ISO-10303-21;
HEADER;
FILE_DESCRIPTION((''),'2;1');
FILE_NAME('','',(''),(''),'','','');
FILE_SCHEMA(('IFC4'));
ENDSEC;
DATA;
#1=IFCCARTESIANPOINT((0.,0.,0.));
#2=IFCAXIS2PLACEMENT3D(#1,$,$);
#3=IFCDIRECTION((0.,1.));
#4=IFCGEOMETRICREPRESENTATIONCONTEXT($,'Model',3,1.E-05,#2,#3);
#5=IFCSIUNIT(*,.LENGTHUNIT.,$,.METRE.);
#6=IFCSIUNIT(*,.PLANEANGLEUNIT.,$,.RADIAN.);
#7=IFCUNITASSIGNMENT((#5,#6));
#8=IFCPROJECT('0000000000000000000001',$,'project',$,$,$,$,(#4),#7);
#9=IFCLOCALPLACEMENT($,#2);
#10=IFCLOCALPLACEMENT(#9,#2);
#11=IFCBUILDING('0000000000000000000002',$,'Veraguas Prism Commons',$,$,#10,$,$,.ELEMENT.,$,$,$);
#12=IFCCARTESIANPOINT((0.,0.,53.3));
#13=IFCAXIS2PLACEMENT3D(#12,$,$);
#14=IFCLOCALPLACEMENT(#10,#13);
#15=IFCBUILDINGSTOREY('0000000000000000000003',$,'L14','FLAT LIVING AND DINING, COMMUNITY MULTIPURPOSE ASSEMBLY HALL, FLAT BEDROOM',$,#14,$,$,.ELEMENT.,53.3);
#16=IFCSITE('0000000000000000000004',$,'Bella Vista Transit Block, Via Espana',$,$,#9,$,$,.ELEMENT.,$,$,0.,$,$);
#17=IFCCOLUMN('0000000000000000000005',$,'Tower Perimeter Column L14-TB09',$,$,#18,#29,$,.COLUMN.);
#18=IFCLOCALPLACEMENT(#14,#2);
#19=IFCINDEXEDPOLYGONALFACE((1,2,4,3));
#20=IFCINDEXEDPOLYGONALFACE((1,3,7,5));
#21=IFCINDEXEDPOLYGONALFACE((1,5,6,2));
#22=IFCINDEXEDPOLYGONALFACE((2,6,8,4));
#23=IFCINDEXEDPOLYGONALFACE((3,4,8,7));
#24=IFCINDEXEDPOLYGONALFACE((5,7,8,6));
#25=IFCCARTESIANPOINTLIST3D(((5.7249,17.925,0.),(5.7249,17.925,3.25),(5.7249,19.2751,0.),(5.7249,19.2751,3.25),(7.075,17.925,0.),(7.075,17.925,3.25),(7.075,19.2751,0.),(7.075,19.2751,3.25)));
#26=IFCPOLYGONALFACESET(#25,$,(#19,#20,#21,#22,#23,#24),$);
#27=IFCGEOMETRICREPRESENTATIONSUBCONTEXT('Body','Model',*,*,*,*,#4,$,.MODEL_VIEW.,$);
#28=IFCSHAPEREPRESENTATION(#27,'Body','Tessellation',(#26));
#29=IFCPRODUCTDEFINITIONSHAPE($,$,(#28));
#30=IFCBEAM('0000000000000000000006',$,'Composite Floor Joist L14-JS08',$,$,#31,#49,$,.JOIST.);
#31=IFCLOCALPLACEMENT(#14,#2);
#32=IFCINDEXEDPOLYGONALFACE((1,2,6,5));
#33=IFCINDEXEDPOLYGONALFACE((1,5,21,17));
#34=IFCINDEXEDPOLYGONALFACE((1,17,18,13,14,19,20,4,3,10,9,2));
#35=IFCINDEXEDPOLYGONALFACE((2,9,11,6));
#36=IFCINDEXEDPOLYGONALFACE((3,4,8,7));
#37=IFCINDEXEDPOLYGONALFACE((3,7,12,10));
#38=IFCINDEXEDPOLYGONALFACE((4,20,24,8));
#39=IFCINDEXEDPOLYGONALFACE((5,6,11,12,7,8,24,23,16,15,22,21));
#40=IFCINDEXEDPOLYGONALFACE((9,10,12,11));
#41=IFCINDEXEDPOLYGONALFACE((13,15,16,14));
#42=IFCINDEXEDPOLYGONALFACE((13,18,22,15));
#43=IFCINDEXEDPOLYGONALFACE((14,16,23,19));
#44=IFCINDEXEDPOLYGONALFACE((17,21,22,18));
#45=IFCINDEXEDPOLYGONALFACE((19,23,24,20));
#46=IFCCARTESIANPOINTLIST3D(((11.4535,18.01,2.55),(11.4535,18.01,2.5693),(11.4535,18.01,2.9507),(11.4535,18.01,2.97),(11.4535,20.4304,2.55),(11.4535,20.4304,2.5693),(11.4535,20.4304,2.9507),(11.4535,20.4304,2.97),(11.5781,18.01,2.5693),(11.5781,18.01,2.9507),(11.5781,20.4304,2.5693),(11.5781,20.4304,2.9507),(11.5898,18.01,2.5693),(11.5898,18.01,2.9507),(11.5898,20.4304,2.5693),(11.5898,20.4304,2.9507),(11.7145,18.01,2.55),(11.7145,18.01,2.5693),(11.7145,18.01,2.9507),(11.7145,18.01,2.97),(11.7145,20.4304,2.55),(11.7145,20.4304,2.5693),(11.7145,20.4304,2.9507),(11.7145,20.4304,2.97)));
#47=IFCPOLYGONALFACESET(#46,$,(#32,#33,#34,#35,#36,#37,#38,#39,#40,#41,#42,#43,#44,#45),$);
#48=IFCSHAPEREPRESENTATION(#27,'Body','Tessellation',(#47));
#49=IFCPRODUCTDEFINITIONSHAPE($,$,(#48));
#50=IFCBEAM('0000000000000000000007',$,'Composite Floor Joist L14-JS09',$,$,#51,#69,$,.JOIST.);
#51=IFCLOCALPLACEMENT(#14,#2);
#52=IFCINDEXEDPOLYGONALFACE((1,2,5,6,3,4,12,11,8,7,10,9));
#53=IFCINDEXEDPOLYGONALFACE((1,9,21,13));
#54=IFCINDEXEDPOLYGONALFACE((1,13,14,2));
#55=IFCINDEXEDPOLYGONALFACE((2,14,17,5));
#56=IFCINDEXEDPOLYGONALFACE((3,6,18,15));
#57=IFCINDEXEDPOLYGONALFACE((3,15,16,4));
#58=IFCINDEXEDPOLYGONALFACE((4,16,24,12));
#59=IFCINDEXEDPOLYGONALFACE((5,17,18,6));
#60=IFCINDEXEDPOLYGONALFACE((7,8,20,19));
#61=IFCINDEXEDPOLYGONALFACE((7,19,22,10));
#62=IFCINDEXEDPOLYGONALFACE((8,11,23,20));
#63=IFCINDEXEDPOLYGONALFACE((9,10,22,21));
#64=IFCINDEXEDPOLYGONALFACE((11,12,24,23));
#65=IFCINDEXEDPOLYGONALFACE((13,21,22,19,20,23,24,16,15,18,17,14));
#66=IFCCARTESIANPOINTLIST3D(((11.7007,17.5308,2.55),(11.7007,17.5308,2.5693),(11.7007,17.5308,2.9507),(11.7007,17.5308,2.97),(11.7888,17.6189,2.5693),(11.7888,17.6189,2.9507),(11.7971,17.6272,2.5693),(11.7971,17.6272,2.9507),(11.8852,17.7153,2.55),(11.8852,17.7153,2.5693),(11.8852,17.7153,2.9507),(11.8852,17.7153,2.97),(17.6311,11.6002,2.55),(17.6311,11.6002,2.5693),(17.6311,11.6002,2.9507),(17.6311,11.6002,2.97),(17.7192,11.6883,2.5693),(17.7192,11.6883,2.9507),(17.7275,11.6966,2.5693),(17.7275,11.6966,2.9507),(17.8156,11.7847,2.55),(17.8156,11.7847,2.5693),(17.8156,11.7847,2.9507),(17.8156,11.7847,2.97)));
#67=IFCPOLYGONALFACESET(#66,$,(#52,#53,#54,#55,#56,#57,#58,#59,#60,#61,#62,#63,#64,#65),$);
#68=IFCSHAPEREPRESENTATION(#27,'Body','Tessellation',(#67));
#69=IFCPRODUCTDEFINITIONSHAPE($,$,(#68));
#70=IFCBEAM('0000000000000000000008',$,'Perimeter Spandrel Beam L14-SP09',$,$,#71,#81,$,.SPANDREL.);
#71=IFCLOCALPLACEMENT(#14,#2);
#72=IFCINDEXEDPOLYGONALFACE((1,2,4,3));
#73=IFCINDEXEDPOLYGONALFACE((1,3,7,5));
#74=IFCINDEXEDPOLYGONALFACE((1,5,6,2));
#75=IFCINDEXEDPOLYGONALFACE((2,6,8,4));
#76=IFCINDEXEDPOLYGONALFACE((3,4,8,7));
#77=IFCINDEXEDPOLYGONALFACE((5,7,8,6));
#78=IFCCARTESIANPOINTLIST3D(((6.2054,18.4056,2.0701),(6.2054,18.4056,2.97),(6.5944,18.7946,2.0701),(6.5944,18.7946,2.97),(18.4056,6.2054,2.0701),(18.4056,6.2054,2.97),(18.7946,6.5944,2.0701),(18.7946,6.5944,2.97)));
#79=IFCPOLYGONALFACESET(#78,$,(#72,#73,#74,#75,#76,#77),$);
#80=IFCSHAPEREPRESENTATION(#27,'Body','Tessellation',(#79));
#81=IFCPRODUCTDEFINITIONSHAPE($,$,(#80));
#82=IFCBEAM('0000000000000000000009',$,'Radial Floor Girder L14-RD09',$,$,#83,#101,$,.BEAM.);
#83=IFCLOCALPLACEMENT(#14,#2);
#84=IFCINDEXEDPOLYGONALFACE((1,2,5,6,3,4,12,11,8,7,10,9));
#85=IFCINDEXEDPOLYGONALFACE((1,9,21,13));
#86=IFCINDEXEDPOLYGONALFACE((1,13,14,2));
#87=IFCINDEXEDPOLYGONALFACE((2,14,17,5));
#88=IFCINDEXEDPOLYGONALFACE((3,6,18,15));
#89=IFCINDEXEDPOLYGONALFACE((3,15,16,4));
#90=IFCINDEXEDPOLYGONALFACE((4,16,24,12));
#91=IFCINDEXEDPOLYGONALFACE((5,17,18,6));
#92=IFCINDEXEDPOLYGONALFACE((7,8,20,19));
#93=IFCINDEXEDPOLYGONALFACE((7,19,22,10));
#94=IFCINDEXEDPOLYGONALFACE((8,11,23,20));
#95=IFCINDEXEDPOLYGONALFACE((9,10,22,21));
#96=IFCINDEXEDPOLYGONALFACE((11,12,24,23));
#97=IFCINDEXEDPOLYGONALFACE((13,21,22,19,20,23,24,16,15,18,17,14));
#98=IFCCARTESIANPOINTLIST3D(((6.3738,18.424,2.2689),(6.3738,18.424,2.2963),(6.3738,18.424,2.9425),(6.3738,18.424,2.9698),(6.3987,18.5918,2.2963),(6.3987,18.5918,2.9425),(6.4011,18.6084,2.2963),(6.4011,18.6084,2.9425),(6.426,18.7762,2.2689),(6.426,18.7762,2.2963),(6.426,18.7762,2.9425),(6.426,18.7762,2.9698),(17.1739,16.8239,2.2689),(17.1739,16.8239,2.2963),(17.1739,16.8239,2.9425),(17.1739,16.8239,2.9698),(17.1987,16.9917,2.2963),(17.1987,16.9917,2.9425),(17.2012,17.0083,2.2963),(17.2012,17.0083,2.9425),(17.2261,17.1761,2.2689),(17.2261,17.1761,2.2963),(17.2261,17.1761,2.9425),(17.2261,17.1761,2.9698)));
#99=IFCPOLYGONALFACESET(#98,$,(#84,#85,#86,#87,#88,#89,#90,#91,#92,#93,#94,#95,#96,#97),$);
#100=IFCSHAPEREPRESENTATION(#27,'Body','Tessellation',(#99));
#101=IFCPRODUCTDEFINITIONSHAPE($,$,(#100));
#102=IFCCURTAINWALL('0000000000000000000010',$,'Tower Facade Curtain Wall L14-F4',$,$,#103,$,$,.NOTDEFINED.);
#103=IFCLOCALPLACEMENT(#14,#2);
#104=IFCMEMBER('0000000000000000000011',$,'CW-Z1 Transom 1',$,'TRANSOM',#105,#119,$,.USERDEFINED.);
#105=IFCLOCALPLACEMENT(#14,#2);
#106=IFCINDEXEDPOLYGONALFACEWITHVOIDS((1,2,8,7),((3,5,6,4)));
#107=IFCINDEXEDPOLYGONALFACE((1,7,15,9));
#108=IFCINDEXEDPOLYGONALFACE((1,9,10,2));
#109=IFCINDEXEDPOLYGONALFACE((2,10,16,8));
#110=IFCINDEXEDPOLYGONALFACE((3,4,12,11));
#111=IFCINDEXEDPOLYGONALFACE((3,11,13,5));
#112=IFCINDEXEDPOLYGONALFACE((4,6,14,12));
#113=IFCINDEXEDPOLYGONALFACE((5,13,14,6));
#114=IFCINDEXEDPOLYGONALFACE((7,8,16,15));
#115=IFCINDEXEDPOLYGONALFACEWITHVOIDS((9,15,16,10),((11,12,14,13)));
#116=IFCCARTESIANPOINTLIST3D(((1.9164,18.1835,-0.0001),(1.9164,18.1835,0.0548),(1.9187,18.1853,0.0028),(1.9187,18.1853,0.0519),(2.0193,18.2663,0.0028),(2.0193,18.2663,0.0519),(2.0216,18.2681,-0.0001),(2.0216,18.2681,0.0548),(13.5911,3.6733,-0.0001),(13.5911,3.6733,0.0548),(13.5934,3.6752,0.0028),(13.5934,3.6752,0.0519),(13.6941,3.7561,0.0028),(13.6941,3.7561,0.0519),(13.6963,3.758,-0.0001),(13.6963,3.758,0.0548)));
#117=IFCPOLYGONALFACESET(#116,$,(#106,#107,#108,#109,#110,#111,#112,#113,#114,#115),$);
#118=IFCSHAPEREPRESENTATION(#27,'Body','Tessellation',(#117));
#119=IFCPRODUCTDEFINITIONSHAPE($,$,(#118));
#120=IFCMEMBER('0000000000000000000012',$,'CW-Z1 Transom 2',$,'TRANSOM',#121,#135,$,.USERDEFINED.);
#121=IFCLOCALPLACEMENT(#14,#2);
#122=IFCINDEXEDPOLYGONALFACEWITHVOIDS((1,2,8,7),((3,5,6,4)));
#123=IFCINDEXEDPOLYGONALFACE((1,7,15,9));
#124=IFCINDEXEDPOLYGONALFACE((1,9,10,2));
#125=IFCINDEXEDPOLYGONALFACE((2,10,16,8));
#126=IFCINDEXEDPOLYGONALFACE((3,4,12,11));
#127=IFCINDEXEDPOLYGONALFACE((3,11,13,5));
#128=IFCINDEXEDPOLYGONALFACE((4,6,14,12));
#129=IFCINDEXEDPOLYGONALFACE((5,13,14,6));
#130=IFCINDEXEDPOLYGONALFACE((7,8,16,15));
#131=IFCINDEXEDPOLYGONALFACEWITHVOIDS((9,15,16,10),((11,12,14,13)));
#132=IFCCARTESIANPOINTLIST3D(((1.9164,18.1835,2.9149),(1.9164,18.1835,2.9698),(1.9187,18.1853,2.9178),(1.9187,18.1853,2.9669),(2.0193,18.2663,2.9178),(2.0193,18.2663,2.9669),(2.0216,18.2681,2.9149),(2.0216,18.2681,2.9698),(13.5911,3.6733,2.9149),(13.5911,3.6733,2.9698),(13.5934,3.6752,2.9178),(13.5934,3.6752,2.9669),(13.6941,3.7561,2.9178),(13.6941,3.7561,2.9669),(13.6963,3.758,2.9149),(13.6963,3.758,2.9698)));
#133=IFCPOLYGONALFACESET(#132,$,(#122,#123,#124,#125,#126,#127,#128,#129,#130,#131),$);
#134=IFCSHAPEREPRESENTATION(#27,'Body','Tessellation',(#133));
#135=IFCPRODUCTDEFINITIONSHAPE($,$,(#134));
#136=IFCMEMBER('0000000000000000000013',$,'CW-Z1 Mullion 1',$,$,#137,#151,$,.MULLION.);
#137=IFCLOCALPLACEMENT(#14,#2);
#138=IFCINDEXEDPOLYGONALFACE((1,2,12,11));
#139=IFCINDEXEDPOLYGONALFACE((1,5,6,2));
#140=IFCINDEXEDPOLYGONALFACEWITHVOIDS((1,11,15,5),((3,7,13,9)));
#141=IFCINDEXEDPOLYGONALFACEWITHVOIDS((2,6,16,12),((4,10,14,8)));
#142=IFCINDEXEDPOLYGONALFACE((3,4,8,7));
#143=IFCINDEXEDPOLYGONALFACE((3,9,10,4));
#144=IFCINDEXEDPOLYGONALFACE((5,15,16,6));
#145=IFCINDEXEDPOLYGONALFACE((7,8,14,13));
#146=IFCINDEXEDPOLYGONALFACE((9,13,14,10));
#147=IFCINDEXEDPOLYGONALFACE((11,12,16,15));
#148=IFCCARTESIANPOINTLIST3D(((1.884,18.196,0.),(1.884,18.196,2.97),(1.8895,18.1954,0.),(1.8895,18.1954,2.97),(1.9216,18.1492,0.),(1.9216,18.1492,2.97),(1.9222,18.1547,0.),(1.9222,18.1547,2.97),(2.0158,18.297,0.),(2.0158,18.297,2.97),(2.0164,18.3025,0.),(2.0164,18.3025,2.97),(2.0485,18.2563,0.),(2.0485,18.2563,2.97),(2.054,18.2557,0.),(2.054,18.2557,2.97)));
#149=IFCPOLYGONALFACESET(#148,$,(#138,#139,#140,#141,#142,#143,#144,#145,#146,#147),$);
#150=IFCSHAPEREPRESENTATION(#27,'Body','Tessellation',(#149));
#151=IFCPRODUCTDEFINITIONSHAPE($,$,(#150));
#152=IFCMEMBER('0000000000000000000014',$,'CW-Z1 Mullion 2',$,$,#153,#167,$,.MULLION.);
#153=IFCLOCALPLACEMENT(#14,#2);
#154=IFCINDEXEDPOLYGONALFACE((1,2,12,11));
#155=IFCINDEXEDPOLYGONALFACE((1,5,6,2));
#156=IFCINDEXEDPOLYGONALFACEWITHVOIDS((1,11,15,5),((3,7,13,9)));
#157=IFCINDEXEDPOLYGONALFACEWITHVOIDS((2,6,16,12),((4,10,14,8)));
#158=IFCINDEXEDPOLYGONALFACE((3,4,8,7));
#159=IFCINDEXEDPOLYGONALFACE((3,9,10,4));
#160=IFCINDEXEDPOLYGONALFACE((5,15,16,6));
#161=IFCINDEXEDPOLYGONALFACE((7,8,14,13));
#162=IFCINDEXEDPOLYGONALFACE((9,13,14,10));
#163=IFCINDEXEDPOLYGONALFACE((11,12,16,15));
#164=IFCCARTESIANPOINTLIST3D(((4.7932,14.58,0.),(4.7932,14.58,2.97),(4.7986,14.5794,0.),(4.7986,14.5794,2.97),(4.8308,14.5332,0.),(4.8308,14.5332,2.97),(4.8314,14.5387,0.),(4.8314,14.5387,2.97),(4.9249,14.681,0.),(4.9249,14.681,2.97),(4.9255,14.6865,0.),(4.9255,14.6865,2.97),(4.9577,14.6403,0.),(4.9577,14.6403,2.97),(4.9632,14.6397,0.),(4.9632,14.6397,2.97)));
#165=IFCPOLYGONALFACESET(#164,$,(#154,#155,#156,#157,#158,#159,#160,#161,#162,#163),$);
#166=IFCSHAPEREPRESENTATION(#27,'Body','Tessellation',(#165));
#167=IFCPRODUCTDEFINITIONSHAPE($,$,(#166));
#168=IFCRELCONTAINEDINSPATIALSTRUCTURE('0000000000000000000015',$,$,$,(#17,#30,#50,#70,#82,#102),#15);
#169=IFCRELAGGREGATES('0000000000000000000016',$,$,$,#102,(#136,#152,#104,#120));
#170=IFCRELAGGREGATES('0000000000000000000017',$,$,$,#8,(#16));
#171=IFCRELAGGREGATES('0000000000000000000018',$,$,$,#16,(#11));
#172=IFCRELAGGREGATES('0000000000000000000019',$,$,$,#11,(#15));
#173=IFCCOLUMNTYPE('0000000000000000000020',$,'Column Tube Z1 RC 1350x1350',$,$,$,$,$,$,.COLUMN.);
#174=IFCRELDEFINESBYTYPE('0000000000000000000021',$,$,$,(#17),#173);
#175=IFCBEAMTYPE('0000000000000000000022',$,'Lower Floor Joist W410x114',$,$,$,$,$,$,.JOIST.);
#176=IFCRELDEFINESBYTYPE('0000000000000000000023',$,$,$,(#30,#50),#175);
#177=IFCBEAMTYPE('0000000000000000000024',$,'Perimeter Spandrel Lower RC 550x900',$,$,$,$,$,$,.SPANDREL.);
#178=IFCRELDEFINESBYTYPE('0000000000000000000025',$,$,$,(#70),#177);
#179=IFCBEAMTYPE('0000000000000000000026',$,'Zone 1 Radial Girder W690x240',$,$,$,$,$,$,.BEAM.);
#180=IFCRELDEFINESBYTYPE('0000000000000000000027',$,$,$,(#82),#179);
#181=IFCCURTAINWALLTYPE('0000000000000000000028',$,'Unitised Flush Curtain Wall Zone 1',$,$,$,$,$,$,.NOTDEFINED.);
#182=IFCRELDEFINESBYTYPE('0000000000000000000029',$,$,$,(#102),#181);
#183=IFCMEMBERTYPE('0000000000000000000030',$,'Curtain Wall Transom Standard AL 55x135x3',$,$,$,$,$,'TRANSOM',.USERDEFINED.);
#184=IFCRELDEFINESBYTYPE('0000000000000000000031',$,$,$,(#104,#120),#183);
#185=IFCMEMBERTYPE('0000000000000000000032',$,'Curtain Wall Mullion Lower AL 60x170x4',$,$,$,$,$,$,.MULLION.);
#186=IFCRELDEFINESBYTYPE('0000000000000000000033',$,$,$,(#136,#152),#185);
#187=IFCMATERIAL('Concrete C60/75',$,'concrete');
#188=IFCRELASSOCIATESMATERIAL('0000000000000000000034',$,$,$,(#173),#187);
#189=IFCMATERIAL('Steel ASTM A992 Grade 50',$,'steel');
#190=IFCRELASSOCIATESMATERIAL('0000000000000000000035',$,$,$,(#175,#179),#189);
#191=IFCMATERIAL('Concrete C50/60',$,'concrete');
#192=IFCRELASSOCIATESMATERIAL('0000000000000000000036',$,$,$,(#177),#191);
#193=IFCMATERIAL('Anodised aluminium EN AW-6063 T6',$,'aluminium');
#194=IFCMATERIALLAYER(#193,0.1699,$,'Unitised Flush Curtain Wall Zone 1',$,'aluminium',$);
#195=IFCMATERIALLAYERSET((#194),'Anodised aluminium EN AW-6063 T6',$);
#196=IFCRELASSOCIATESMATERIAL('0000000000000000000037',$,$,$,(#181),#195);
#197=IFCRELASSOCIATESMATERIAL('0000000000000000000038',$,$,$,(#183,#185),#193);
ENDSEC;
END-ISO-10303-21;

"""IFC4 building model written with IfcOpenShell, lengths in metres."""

from ifc_helpers import new_model, si_unit, direction, frame, origin, origin_2d, place, context, subcontext, project, spatial, rectangle, hollow_rectangle, i_section, extrude, source, transform, mapped, material, layer, layer_set, material_profile, profile_set, type_object, element, aggregate, save


model = new_model("IFC4")

# Units and contexts
model_context = context("Model", 3, precision=1e-05, world=origin(), true_north=direction((0.0, 1.0)))
body_context = subcontext(model_context, "Body", "Model", "MODEL_VIEW")
ifc_project = project(units=[si_unit("LENGTHUNIT", "METRE"), si_unit("PLANEANGLEUNIT", "RADIAN")], contexts=[model_context])

# Site, building, storey
site_placement = place(None, origin())
site = spatial("IfcSite", under=ifc_project, at=site_placement, Name="Bella Vista Transit Block, Via Espana", CompositionType="ELEMENT", RefElevation=0.0)
building_placement = place(site_placement, origin())
building = spatial("IfcBuilding", under=site, at=building_placement, Name="Veraguas Prism Commons", CompositionType="ELEMENT")
storey_placement = place(building_placement, frame((0.0, 0.0, 53.3)))
storey = spatial("IfcBuildingStorey", under=building, at=storey_placement, Name="L14", Description="FLAT LIVING AND DINING, COMMUNITY MULTIPURPOSE ASSEMBLY HALL, FLAT BEDROOM", CompositionType="ELEMENT", Elevation=53.3)

# Column
ifc_material_1 = material(Name="Concrete C60/75", Category="concrete")
ifc_material_profile_1 = material_profile(ifc_material_1, rectangle(XDim=1.3501, YDim=1.3501, at=origin_2d()), Name="RC1350X1350")
ifc_profile_set_1 = profile_set([ifc_material_profile_1], Name="Concrete C60/75")
column_type = type_object("IfcColumnType", Name="Column Tube Z1 RC 1350x1350", PredefinedType="COLUMN", material=ifc_profile_set_1)
column_placement = place(storey_placement, frame((6.3999, 18.6001, 0.0), z_axis=(0.0, 0.0, 1.0), x_axis=(1.0, 0.0, 0.0)))
element("IfcColumn", 1, at=column_placement, inside=storey, type_object=column_type, Name="Tower Perimeter Column L14-TB09", PredefinedType="COLUMN", context=body_context, shape_type="SweptSolid", body=[
    extrude(rectangle(XDim=1.3501, YDim=1.3501, at=origin_2d()), origin(), (0.0, 0.0, 1.0), 3.25),
])

# Beams
ifc_material_2 = material(Name="Steel ASTM A992 Grade 50", Category="steel")
ifc_material_profile_2 = material_profile(ifc_material_2, i_section(OverallWidth=0.261, OverallDepth=0.4199, WebThickness=0.0117, FlangeThickness=0.0193, at=origin_2d()), Name="W410X114")
ifc_profile_set_2 = profile_set([ifc_material_profile_2], Name="Steel ASTM A992 Grade 50")
beam_type_1 = type_object("IfcBeamType", Name="Lower Floor Joist W410x114", PredefinedType="JOIST", material=ifc_profile_set_2)
beam_1_placement = place(storey_placement, frame((11.584, 20.4304, 2.76), z_axis=(0.0, -1.0, 0.0), x_axis=(1.0, 0.0, 0.0)))
element("IfcBeam", 2, at=beam_1_placement, inside=storey, type_object=beam_type_1, Name="Composite Floor Joist L14-JS08", PredefinedType="JOIST", context=body_context, shape_type="SweptSolid", body=[
    extrude(i_section(OverallWidth=0.261, OverallDepth=0.4199, WebThickness=0.0117, FlangeThickness=0.0193, at=origin_2d()), origin(), (0.0, 0.0, 1.0), 2.4204),
])
beam_2_placement = place(storey_placement, frame((11.793, 17.623, 2.76), z_axis=(0.707092, -0.707121, 0.0), x_axis=(0.707121, 0.707092, 0.0)))
element("IfcBeam", 3, at=beam_2_placement, inside=storey, type_object=beam_type_1, Name="Composite Floor Joist L14-JS09", PredefinedType="JOIST", context=body_context, shape_type="SweptSolid", body=[
    extrude(i_section(OverallWidth=0.261, OverallDepth=0.4199, WebThickness=0.0117, FlangeThickness=0.0193, at=origin_2d()), origin(), (0.0, 0.0, 1.0), 8.387),
])
ifc_material_3 = material(Name="Concrete C50/60", Category="concrete")
ifc_material_profile_3 = material_profile(ifc_material_3, rectangle(XDim=0.55, YDim=0.8999, at=origin_2d()), Name="RC550X900")
ifc_profile_set_3 = profile_set([ifc_material_profile_3], Name="Concrete C50/60")
beam_type_2 = type_object("IfcBeamType", Name="Perimeter Spandrel Lower RC 550x900", PredefinedType="SPANDREL", material=ifc_profile_set_3)
beam_3_placement = place(storey_placement, frame((6.3999, 18.6001, 2.52), z_axis=(0.707107, -0.707107, 0.0), x_axis=(0.707107, 0.707107, 0.0)))
element("IfcBeam", 4, at=beam_3_placement, inside=storey, type_object=beam_type_2, Name="Perimeter Spandrel Beam L14-SP09", PredefinedType="SPANDREL", context=body_context, shape_type="SweptSolid", body=[
    extrude(rectangle(XDim=0.55, YDim=0.8999, at=origin_2d()), origin(), (0.0, 0.0, 1.0), 17.2537),
])
ifc_material_profile_4 = material_profile(ifc_material_2, i_section(OverallWidth=0.356, OverallDepth=0.7009, WebThickness=0.0168, FlangeThickness=0.0273, at=origin_2d()), Name="W690X240")
ifc_profile_set_4 = profile_set([ifc_material_profile_4], Name="Steel ASTM A992 Grade 50")
beam_type_3 = type_object("IfcBeamType", Name="Zone 1 Radial Girder W690x240", PredefinedType="BEAM", material=ifc_profile_set_4)
beam_4_placement = place(storey_placement, frame((6.3999, 18.6001, 2.6194), z_axis=(0.989202, -0.146557, 0.0), x_axis=(0.146557, 0.989202, 0.0)))
element("IfcBeam", 5, at=beam_4_placement, inside=storey, type_object=beam_type_3, Name="Radial Floor Girder L14-RD09", PredefinedType="BEAM", context=body_context, shape_type="SweptSolid", body=[
    extrude(i_section(OverallWidth=0.356, OverallDepth=0.7009, WebThickness=0.0168, FlangeThickness=0.0273, at=origin_2d()), origin(), (0.0, 0.0, 1.0), 10.918),
])

# Curtain wall, members
ifc_material_4 = material(Name="Anodised aluminium EN AW-6063 T6", Category="aluminium")
ifc_layer_1 = layer(ifc_material_4, 0.1699, Name="Unitised Flush Curtain Wall Zone 1", Category="aluminium")
ifc_layer_set_1 = layer_set([ifc_layer_1], Name="Anodised aluminium EN AW-6063 T6")
curtain_wall_type = type_object("IfcCurtainWallType", Name="Unitised Flush Curtain Wall Zone 1", PredefinedType="NOTDEFINED", material=ifc_layer_set_1)
curtain_wall_1_placement = place(storey_placement, origin())
curtain_wall_1 = element("IfcCurtainWall", 6, at=curtain_wall_1_placement, inside=storey, type_object=curtain_wall_type, Name="Tower Facade Curtain Wall L14-F4", PredefinedType="NOTDEFINED")
ifc_material_profile_5 = material_profile(ifc_material_4, hollow_rectangle(XDim=0.0549, YDim=0.135, WallThickness=0.0029, at=origin_2d()), Name="AL55X135X3")
ifc_profile_set_5 = profile_set([ifc_material_profile_5], Name="Anodised aluminium EN AW-6063 T6")
member_type_1 = type_object("IfcMemberType", Name="Curtain Wall Transom Standard AL 55x135x3", ElementType="TRANSOM", PredefinedType="USERDEFINED", material=ifc_profile_set_5)
shared_shape_1 = source(origin(), body_context, "Body", "SweptSolid", [
    extrude(hollow_rectangle(XDim=0.0549, YDim=0.135, WallThickness=0.0029, at=origin_2d()), origin(), (0.0, 0.0, 1.0), 18.6238),
])
member_1_placement = place(storey_placement, frame((1.969, 18.2258, 0.0273), z_axis=(0.626873, -0.779121, 0.0), x_axis=(0.0, 0.0, 1.0)))
member_1 = element("IfcMember", 7, at=member_1_placement, type_object=member_type_1, Name="CW-Z1 Transom 1", ObjectType="TRANSOM", PredefinedType="USERDEFINED", context=body_context, shape_type="MappedRepresentation", body=[
    mapped(shared_shape_1, transform((0.0, 0.0, 0.0), scale=1.0)),
])
member_2_placement = place(storey_placement, frame((1.969, 18.2258, 2.9424), z_axis=(0.626873, -0.779121, 0.0), x_axis=(0.0, 0.0, 1.0)))
member_2 = element("IfcMember", 8, at=member_2_placement, type_object=member_type_1, Name="CW-Z1 Transom 2", ObjectType="TRANSOM", PredefinedType="USERDEFINED", context=body_context, shape_type="MappedRepresentation", body=[
    mapped(shared_shape_1, transform((0.0, 0.0, 0.0), scale=1.0)),
])
ifc_material_profile_6 = material_profile(ifc_material_4, hollow_rectangle(XDim=0.0601, YDim=0.1699, WallThickness=0.0039, at=origin_2d()), Name="AL60X170X4")
ifc_profile_set_6 = profile_set([ifc_material_profile_6], Name="Anodised aluminium EN AW-6063 T6")
member_type_2 = type_object("IfcMemberType", Name="Curtain Wall Mullion Lower AL 60x170x4", PredefinedType="MULLION", material=ifc_profile_set_6)
shared_shape_2 = source(origin(), body_context, "Body", "SweptSolid", [
    extrude(hollow_rectangle(XDim=0.0601, YDim=0.1699, WallThickness=0.0039, at=origin_2d()), origin(), (0.0, 0.0, 1.0), 2.97),
])
member_3_placement = place(storey_placement, frame((1.969, 18.2258, 0.0), z_axis=(0.0, 0.0, 1.0), x_axis=(0.626873, -0.779121, 0.0)))
member_3 = element("IfcMember", 9, at=member_3_placement, type_object=member_type_2, Name="CW-Z1 Mullion 1", PredefinedType="MULLION", context=body_context, shape_type="MappedRepresentation", body=[
    mapped(shared_shape_2, transform((0.0, 0.0, 0.0), scale=1.0)),
])
member_4_placement = place(storey_placement, frame((4.8782, 14.6099, 0.0), z_axis=(0.0, 0.0, 1.0), x_axis=(0.626873, -0.779121, 0.0)))
member_4 = element("IfcMember", 10, at=member_4_placement, type_object=member_type_2, Name="CW-Z1 Mullion 2", PredefinedType="MULLION", context=body_context, shape_type="MappedRepresentation", body=[
    mapped(shared_shape_2, transform((0.0, 0.0, 0.0), scale=1.0)),
])

aggregate(curtain_wall_1, [member_3, member_4, member_1, member_2])

save(model, "model.ifc")
